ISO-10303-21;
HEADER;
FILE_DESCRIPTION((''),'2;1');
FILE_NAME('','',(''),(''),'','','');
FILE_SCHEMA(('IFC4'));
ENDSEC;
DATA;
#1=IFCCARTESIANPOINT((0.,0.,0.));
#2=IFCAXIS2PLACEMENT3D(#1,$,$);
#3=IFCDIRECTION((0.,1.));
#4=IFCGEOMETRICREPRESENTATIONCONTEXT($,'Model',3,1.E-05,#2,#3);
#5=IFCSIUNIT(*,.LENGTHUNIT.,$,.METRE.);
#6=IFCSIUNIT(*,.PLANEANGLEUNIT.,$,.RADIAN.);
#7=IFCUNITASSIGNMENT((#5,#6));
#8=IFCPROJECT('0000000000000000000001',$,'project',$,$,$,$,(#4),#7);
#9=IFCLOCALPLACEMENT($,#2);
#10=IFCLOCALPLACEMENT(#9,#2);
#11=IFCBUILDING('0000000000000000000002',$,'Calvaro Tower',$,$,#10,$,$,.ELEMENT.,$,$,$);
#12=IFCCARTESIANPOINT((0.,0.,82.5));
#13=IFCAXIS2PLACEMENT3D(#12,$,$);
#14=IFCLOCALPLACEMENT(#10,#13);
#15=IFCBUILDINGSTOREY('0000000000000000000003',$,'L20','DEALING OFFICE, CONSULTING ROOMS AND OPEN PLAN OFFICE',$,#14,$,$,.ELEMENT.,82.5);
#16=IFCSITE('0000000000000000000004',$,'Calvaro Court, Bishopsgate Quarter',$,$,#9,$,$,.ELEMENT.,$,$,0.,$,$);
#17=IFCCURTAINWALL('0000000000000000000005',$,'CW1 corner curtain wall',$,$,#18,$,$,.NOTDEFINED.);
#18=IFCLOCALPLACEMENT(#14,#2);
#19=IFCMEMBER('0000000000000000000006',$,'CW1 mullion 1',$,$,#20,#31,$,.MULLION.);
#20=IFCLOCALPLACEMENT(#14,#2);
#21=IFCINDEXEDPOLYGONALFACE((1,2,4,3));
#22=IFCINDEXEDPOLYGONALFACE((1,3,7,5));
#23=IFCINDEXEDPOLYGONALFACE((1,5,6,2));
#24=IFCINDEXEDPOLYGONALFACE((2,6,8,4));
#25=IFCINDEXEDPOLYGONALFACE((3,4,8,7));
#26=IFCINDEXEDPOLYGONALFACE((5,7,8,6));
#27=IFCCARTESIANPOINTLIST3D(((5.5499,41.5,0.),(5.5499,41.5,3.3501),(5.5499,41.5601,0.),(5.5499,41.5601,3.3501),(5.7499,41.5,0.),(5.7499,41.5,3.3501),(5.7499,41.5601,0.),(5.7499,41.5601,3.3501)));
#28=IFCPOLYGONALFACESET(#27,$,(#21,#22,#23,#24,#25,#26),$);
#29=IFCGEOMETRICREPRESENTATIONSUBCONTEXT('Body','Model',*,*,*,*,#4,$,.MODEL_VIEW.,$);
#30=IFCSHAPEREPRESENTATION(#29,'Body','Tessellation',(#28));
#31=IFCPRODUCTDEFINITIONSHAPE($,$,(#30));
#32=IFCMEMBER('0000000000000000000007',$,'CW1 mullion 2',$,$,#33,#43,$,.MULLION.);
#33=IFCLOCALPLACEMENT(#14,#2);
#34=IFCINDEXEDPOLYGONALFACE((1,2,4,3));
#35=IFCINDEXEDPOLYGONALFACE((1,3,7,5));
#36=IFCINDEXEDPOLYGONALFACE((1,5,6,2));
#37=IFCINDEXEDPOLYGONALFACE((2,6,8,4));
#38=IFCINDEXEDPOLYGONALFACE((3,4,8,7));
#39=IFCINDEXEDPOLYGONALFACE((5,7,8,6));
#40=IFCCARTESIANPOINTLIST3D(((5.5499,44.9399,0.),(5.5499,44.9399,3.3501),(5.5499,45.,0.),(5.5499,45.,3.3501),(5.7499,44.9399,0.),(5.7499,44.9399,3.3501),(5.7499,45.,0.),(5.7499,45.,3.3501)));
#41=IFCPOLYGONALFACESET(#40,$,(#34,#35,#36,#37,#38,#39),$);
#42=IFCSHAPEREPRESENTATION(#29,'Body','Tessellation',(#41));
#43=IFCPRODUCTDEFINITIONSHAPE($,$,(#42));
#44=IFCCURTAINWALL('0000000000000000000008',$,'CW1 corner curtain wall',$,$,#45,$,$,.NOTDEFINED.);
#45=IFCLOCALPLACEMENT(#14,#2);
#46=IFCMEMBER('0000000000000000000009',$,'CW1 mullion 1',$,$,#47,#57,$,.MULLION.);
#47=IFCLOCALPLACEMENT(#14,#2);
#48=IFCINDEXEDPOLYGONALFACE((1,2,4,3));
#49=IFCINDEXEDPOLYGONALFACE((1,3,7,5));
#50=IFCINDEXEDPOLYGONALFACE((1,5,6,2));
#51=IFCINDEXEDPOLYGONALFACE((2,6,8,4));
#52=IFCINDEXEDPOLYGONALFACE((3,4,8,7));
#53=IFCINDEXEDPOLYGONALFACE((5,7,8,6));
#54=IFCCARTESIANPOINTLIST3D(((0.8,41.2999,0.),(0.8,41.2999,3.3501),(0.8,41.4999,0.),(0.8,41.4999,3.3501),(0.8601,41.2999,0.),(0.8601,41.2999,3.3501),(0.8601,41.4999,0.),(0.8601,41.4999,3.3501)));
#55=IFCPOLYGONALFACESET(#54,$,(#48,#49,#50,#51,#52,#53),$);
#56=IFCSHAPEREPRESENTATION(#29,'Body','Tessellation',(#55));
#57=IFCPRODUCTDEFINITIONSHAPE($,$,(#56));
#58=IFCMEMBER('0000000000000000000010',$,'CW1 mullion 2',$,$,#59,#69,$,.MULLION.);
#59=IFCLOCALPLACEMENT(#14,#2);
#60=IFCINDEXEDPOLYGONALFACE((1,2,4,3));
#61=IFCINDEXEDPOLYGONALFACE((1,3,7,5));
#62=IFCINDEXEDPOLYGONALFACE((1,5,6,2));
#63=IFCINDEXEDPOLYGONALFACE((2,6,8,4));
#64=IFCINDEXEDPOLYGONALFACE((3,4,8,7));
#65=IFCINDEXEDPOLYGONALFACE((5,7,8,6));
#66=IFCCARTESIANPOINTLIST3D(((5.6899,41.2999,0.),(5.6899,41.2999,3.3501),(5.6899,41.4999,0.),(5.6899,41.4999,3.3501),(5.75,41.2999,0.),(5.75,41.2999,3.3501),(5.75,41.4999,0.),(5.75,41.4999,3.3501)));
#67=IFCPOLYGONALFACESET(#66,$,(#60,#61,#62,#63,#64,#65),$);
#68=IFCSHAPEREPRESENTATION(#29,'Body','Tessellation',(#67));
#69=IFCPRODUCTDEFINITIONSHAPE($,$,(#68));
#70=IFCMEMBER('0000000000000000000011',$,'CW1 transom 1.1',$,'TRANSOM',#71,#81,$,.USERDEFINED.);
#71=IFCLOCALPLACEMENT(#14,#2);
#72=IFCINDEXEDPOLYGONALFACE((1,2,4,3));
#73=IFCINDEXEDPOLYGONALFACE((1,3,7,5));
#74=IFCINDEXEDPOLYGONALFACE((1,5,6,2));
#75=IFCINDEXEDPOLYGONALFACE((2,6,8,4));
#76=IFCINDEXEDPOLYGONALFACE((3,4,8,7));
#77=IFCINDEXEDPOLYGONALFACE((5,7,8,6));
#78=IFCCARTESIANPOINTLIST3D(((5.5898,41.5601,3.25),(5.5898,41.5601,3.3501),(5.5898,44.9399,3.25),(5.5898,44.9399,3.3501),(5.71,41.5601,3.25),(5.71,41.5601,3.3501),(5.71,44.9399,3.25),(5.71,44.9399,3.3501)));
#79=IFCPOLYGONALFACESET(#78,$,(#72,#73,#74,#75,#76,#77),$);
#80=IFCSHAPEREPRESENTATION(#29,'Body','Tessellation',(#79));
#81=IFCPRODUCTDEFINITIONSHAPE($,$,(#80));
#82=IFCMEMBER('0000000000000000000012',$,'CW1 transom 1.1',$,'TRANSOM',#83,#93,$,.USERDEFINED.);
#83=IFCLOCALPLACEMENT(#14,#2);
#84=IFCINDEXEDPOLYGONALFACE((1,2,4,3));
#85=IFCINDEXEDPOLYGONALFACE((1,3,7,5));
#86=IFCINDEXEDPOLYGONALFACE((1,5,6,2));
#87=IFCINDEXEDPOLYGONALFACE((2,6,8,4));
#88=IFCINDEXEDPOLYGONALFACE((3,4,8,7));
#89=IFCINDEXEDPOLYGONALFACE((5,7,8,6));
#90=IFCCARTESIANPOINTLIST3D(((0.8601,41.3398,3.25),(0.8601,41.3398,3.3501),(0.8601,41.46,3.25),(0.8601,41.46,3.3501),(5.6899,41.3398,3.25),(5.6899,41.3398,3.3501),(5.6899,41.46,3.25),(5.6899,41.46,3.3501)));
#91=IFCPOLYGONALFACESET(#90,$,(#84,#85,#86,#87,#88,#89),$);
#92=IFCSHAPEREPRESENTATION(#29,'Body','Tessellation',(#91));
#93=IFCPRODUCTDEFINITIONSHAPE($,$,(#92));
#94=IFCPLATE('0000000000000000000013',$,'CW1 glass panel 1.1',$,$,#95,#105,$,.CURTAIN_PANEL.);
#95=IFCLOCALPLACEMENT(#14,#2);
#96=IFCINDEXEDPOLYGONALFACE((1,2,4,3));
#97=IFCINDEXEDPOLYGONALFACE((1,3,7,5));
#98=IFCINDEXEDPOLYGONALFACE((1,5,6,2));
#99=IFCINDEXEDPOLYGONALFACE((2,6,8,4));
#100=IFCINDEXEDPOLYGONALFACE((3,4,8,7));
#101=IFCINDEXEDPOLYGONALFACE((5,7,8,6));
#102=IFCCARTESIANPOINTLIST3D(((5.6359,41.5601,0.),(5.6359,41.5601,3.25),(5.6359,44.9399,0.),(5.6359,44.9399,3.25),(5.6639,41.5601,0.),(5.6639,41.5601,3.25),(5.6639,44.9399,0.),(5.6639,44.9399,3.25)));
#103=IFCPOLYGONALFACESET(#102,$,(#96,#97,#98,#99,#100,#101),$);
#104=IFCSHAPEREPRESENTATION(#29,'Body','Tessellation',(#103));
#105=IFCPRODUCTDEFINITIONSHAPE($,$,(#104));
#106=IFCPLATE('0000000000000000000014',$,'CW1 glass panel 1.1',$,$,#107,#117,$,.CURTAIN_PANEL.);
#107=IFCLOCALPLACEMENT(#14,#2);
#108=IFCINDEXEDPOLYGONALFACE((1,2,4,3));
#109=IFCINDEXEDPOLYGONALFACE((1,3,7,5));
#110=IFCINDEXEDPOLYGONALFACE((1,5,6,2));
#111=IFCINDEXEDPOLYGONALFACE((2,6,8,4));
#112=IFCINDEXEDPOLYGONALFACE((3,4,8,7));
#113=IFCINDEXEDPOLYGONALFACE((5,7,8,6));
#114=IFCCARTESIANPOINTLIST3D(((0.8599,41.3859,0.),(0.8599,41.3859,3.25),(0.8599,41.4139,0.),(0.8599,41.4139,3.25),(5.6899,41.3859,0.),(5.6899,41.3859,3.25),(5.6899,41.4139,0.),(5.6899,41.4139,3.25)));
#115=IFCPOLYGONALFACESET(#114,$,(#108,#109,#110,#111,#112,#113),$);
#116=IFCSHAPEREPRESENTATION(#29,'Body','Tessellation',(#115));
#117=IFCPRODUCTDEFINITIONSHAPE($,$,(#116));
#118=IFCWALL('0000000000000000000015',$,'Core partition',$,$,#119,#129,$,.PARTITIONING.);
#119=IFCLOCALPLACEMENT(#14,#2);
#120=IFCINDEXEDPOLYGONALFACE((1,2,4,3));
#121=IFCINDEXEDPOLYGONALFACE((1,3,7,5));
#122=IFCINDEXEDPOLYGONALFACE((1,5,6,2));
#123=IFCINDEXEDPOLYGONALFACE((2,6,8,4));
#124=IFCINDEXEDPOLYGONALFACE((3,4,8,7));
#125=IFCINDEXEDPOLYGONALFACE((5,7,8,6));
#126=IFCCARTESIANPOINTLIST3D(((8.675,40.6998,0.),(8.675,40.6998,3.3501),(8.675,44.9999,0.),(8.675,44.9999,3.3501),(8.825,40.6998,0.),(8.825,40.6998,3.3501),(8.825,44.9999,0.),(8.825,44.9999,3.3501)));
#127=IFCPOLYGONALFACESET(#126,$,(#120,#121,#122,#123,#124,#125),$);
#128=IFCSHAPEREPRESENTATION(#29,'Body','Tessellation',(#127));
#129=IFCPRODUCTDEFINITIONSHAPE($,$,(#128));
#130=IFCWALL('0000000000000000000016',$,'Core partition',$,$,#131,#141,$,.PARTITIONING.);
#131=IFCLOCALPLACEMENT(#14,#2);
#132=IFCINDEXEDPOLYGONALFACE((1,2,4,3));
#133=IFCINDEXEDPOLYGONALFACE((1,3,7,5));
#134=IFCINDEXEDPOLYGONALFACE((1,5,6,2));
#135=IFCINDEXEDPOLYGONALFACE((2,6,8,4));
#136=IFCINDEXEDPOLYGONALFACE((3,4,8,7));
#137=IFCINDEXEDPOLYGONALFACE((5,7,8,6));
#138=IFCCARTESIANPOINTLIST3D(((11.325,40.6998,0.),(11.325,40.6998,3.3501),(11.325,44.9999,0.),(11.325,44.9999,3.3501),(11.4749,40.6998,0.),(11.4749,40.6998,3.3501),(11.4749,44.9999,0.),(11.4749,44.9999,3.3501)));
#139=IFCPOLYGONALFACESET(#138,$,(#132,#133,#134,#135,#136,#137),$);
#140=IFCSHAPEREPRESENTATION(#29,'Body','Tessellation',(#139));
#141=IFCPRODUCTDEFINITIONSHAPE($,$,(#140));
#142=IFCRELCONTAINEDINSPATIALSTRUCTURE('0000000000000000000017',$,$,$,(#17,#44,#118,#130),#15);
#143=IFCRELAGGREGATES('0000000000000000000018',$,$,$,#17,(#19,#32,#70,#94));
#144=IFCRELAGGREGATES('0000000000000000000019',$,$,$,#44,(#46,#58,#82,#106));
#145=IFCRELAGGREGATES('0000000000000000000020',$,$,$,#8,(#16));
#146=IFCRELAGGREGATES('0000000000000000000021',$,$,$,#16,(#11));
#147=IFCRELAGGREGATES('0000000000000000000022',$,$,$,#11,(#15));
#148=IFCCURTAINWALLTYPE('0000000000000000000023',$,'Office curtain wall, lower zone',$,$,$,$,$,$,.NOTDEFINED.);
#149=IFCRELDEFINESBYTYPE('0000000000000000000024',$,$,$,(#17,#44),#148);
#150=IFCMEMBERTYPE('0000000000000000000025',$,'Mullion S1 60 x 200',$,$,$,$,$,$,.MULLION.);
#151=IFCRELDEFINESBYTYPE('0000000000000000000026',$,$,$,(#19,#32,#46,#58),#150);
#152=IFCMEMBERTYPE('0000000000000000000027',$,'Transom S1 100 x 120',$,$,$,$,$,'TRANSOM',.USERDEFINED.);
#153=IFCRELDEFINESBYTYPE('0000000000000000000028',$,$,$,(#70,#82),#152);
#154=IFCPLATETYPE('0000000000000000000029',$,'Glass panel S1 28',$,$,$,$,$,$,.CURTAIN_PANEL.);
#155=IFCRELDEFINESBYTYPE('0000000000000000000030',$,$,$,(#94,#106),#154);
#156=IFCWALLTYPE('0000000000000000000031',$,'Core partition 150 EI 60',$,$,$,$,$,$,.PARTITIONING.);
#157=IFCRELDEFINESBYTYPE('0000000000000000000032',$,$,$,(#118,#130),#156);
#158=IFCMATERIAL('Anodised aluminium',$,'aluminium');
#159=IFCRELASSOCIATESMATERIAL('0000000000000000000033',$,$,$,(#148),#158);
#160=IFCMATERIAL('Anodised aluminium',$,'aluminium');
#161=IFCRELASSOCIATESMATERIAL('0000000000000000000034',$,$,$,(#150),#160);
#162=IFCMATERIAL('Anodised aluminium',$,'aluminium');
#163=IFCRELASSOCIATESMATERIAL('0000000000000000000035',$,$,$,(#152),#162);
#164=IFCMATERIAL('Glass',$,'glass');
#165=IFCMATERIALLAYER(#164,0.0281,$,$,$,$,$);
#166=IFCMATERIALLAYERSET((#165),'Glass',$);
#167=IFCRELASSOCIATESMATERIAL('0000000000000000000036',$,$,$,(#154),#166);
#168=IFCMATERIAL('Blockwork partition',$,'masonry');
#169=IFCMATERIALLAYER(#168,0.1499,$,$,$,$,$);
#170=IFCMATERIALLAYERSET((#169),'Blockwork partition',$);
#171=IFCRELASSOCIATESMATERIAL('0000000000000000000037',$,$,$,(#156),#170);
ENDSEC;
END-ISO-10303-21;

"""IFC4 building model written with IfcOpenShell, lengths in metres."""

from ifc_helpers import new_model, si_unit, direction, frame, frame_2d, origin, origin_2d, place, context, subcontext, project, spatial, rectangle, extrude, material, layer, layer_set, material_profile, profile_set, type_object, element, aggregate, save


model = new_model("IFC4")

# Units and contexts
model_context = context("Model", 3, precision=1e-05, world=origin(), true_north=direction((0.0, 1.0)))
body_context = subcontext(model_context, "Body", "Model", "MODEL_VIEW")
ifc_project = project(units=[si_unit("LENGTHUNIT", "METRE"), si_unit("PLANEANGLEUNIT", "RADIAN")], contexts=[model_context])

# Site, building, storey
site_placement = place(None, origin())
site = spatial("IfcSite", under=ifc_project, at=site_placement, Name="Calvaro Court, Bishopsgate Quarter", CompositionType="ELEMENT", RefElevation=0.0)
building_placement = place(site_placement, origin())
building = spatial("IfcBuilding", under=site, at=building_placement, Name="Calvaro Tower", CompositionType="ELEMENT")
storey_placement = place(building_placement, frame((0.0, 0.0, 82.5)))
storey = spatial("IfcBuildingStorey", under=building, at=storey_placement, Name="L20", Description="DEALING OFFICE, CONSULTING ROOMS AND OPEN PLAN OFFICE", CompositionType="ELEMENT", Elevation=82.5)

# Curtain walls, members
ifc_material_1 = material(Name="Anodised aluminium", Category="aluminium")
curtain_wall_type = type_object("IfcCurtainWallType", Name="Office curtain wall, lower zone", PredefinedType="NOTDEFINED", material=ifc_material_1)
curtain_wall_1_placement = place(storey_placement, origin())
curtain_wall_1 = element("IfcCurtainWall", 1, at=curtain_wall_1_placement, inside=storey, type_object=curtain_wall_type, Name="CW1 corner curtain wall", PredefinedType="NOTDEFINED")
ifc_material_2 = material(Name="Anodised aluminium", Category="aluminium")
ifc_material_profile_1 = material_profile(ifc_material_2, rectangle(XDim=0.2, YDim=0.0601, at=origin_2d()), Name="Mullion S1 60 x 200")
ifc_profile_set_1 = profile_set([ifc_material_profile_1], Name="Anodised aluminium")
member_type_1 = type_object("IfcMemberType", Name="Mullion S1 60 x 200", PredefinedType="MULLION", material=ifc_profile_set_1)
member_1_placement = place(storey_placement, frame((5.6499, 41.53, 0.0), z_axis=(0.0, 0.0, 1.0), x_axis=(-1.0, 0.0, 0.0)))
member_1 = element("IfcMember", 2, at=member_1_placement, type_object=member_type_1, Name="CW1 mullion 1", PredefinedType="MULLION", context=body_context, shape_type="SweptSolid", body=[
    extrude(rectangle(XDim=0.2, YDim=0.0601, at=origin_2d()), origin(), (0.0, 0.0, 1.0), 3.3501),
])
member_2_placement = place(storey_placement, frame((5.6499, 44.97, 0.0), z_axis=(0.0, 0.0, 1.0), x_axis=(-1.0, 0.0, 0.0)))
member_2 = element("IfcMember", 3, at=member_2_placement, type_object=member_type_1, Name="CW1 mullion 2", PredefinedType="MULLION", context=body_context, shape_type="SweptSolid", body=[
    extrude(rectangle(XDim=0.2, YDim=0.0601, at=origin_2d()), origin(), (0.0, 0.0, 1.0), 3.3501),
])
curtain_wall_2_placement = place(storey_placement, origin())
curtain_wall_2 = element("IfcCurtainWall", 4, at=curtain_wall_2_placement, inside=storey, type_object=curtain_wall_type, Name="CW1 corner curtain wall", PredefinedType="NOTDEFINED")
member_3_placement = place(storey_placement, frame((0.8301, 41.3999, 0.0), z_axis=(0.0, 0.0, 1.0), x_axis=(0.0, 1.0, 0.0)))
member_3 = element("IfcMember", 5, at=member_3_placement, type_object=member_type_1, Name="CW1 mullion 1", PredefinedType="MULLION", context=body_context, shape_type="SweptSolid", body=[
    extrude(rectangle(XDim=0.2, YDim=0.0601, at=origin_2d()), origin(), (0.0, 0.0, 1.0), 3.3501),
])
member_4_placement = place(storey_placement, frame((5.72, 41.3999, 0.0), z_axis=(0.0, 0.0, 1.0), x_axis=(0.0, 1.0, 0.0)))
member_4 = element("IfcMember", 6, at=member_4_placement, type_object=member_type_1, Name="CW1 mullion 2", PredefinedType="MULLION", context=body_context, shape_type="SweptSolid", body=[
    extrude(rectangle(XDim=0.2, YDim=0.0601, at=origin_2d()), origin(), (0.0, 0.0, 1.0), 3.3501),
])

# Members
ifc_material_3 = material(Name="Anodised aluminium", Category="aluminium")
ifc_material_profile_2 = material_profile(ifc_material_3, rectangle(XDim=0.1201, YDim=0.1001, at=origin_2d()), Name="Transom S1 100 x 120")
ifc_profile_set_2 = profile_set([ifc_material_profile_2], Name="Anodised aluminium")
member_type_2 = type_object("IfcMemberType", Name="Transom S1 100 x 120", ElementType="TRANSOM", PredefinedType="USERDEFINED", material=ifc_profile_set_2)
member_5_placement = place(storey_placement, frame((5.6499, 41.5601, 3.3), z_axis=(0.0, 1.0, 0.0), x_axis=(-1.0, 0.0, 0.0)))
member_5 = element("IfcMember", 7, at=member_5_placement, type_object=member_type_2, Name="CW1 transom 1.1", ObjectType="TRANSOM", PredefinedType="USERDEFINED", context=body_context, shape_type="SweptSolid", body=[
    extrude(rectangle(XDim=0.1201, YDim=0.1001, at=origin_2d()), origin(), (0.0, 0.0, 1.0), 3.3799),
])
member_6_placement = place(storey_placement, frame((0.8601, 41.3999, 3.3), z_axis=(1.0, 0.0, 0.0), x_axis=(0.0, 1.0, 0.0)))
member_6 = element("IfcMember", 8, at=member_6_placement, type_object=member_type_2, Name="CW1 transom 1.1", ObjectType="TRANSOM", PredefinedType="USERDEFINED", context=body_context, shape_type="SweptSolid", body=[
    extrude(rectangle(XDim=0.1201, YDim=0.1001, at=origin_2d()), origin(), (0.0, 0.0, 1.0), 4.8298),
])

# Plates
ifc_material_4 = material(Name="Glass", Category="glass")
ifc_layer_1 = layer(ifc_material_4, 0.0281)
ifc_layer_set_1 = layer_set([ifc_layer_1], Name="Glass")
plate_type = type_object("IfcPlateType", Name="Glass panel S1 28", PredefinedType="CURTAIN_PANEL", material=ifc_layer_set_1)
plate_1_placement = place(storey_placement, frame((5.6499, 43.25, 0.0), z_axis=(0.0, 0.0, 1.0), x_axis=(0.0, 1.0, 0.0)))
plate_1 = element("IfcPlate", 9, at=plate_1_placement, type_object=plate_type, Name="CW1 glass panel 1.1", PredefinedType="CURTAIN_PANEL", context=body_context, shape_type="SweptSolid", body=[
    extrude(rectangle(XDim=3.3799, YDim=0.0281, at=origin_2d()), origin(), (0.0, 0.0, 1.0), 3.25),
])
aggregate(curtain_wall_1, [member_1, member_2, member_5, plate_1])
plate_2_placement = place(storey_placement, frame((3.2749, 41.3999, 0.0), z_axis=(0.0, 0.0, 1.0), x_axis=(1.0, 0.0, 0.0)))
plate_2 = element("IfcPlate", 10, at=plate_2_placement, type_object=plate_type, Name="CW1 glass panel 1.1", PredefinedType="CURTAIN_PANEL", context=body_context, shape_type="SweptSolid", body=[
    extrude(rectangle(XDim=4.8301, YDim=0.0281, at=origin_2d()), origin(), (0.0, 0.0, 1.0), 3.25),
])
aggregate(curtain_wall_2, [member_3, member_4, member_6, plate_2])

# Walls
ifc_material_5 = material(Name="Blockwork partition", Category="masonry")
ifc_layer_2 = layer(ifc_material_5, 0.1499)
ifc_layer_set_2 = layer_set([ifc_layer_2], Name="Blockwork partition")
wall_type_1 = type_object("IfcWallType", Name="Core partition 150 EI 60", PredefinedType="PARTITIONING", material=ifc_layer_set_2)
for number, where, z_axis, x_axis, name in (
    (11, (8.75, 40.7, 0.0), (0.0, 0.0, 1.0), (0.0, 1.0, 0.0), "Core partition"),
    (12, (11.3999, 40.7, 0.0), (0.0, 0.0, 1.0), (0.0, 1.0, 0.0), "Core partition"),
):
    element("IfcWall", number, at=place(storey_placement, frame(where, z_axis=z_axis, x_axis=x_axis)), inside=storey, type_object=wall_type_1, Name=name, PredefinedType="PARTITIONING", context=body_context, shape_type="SweptSolid", body=[
        extrude(rectangle(XDim=4.3, YDim=0.1499, at=frame_2d((2.1499, 0.0))), origin(), (0.0, 0.0, 1.0), 3.3501),
    ])

save(model, "model.ifc")
